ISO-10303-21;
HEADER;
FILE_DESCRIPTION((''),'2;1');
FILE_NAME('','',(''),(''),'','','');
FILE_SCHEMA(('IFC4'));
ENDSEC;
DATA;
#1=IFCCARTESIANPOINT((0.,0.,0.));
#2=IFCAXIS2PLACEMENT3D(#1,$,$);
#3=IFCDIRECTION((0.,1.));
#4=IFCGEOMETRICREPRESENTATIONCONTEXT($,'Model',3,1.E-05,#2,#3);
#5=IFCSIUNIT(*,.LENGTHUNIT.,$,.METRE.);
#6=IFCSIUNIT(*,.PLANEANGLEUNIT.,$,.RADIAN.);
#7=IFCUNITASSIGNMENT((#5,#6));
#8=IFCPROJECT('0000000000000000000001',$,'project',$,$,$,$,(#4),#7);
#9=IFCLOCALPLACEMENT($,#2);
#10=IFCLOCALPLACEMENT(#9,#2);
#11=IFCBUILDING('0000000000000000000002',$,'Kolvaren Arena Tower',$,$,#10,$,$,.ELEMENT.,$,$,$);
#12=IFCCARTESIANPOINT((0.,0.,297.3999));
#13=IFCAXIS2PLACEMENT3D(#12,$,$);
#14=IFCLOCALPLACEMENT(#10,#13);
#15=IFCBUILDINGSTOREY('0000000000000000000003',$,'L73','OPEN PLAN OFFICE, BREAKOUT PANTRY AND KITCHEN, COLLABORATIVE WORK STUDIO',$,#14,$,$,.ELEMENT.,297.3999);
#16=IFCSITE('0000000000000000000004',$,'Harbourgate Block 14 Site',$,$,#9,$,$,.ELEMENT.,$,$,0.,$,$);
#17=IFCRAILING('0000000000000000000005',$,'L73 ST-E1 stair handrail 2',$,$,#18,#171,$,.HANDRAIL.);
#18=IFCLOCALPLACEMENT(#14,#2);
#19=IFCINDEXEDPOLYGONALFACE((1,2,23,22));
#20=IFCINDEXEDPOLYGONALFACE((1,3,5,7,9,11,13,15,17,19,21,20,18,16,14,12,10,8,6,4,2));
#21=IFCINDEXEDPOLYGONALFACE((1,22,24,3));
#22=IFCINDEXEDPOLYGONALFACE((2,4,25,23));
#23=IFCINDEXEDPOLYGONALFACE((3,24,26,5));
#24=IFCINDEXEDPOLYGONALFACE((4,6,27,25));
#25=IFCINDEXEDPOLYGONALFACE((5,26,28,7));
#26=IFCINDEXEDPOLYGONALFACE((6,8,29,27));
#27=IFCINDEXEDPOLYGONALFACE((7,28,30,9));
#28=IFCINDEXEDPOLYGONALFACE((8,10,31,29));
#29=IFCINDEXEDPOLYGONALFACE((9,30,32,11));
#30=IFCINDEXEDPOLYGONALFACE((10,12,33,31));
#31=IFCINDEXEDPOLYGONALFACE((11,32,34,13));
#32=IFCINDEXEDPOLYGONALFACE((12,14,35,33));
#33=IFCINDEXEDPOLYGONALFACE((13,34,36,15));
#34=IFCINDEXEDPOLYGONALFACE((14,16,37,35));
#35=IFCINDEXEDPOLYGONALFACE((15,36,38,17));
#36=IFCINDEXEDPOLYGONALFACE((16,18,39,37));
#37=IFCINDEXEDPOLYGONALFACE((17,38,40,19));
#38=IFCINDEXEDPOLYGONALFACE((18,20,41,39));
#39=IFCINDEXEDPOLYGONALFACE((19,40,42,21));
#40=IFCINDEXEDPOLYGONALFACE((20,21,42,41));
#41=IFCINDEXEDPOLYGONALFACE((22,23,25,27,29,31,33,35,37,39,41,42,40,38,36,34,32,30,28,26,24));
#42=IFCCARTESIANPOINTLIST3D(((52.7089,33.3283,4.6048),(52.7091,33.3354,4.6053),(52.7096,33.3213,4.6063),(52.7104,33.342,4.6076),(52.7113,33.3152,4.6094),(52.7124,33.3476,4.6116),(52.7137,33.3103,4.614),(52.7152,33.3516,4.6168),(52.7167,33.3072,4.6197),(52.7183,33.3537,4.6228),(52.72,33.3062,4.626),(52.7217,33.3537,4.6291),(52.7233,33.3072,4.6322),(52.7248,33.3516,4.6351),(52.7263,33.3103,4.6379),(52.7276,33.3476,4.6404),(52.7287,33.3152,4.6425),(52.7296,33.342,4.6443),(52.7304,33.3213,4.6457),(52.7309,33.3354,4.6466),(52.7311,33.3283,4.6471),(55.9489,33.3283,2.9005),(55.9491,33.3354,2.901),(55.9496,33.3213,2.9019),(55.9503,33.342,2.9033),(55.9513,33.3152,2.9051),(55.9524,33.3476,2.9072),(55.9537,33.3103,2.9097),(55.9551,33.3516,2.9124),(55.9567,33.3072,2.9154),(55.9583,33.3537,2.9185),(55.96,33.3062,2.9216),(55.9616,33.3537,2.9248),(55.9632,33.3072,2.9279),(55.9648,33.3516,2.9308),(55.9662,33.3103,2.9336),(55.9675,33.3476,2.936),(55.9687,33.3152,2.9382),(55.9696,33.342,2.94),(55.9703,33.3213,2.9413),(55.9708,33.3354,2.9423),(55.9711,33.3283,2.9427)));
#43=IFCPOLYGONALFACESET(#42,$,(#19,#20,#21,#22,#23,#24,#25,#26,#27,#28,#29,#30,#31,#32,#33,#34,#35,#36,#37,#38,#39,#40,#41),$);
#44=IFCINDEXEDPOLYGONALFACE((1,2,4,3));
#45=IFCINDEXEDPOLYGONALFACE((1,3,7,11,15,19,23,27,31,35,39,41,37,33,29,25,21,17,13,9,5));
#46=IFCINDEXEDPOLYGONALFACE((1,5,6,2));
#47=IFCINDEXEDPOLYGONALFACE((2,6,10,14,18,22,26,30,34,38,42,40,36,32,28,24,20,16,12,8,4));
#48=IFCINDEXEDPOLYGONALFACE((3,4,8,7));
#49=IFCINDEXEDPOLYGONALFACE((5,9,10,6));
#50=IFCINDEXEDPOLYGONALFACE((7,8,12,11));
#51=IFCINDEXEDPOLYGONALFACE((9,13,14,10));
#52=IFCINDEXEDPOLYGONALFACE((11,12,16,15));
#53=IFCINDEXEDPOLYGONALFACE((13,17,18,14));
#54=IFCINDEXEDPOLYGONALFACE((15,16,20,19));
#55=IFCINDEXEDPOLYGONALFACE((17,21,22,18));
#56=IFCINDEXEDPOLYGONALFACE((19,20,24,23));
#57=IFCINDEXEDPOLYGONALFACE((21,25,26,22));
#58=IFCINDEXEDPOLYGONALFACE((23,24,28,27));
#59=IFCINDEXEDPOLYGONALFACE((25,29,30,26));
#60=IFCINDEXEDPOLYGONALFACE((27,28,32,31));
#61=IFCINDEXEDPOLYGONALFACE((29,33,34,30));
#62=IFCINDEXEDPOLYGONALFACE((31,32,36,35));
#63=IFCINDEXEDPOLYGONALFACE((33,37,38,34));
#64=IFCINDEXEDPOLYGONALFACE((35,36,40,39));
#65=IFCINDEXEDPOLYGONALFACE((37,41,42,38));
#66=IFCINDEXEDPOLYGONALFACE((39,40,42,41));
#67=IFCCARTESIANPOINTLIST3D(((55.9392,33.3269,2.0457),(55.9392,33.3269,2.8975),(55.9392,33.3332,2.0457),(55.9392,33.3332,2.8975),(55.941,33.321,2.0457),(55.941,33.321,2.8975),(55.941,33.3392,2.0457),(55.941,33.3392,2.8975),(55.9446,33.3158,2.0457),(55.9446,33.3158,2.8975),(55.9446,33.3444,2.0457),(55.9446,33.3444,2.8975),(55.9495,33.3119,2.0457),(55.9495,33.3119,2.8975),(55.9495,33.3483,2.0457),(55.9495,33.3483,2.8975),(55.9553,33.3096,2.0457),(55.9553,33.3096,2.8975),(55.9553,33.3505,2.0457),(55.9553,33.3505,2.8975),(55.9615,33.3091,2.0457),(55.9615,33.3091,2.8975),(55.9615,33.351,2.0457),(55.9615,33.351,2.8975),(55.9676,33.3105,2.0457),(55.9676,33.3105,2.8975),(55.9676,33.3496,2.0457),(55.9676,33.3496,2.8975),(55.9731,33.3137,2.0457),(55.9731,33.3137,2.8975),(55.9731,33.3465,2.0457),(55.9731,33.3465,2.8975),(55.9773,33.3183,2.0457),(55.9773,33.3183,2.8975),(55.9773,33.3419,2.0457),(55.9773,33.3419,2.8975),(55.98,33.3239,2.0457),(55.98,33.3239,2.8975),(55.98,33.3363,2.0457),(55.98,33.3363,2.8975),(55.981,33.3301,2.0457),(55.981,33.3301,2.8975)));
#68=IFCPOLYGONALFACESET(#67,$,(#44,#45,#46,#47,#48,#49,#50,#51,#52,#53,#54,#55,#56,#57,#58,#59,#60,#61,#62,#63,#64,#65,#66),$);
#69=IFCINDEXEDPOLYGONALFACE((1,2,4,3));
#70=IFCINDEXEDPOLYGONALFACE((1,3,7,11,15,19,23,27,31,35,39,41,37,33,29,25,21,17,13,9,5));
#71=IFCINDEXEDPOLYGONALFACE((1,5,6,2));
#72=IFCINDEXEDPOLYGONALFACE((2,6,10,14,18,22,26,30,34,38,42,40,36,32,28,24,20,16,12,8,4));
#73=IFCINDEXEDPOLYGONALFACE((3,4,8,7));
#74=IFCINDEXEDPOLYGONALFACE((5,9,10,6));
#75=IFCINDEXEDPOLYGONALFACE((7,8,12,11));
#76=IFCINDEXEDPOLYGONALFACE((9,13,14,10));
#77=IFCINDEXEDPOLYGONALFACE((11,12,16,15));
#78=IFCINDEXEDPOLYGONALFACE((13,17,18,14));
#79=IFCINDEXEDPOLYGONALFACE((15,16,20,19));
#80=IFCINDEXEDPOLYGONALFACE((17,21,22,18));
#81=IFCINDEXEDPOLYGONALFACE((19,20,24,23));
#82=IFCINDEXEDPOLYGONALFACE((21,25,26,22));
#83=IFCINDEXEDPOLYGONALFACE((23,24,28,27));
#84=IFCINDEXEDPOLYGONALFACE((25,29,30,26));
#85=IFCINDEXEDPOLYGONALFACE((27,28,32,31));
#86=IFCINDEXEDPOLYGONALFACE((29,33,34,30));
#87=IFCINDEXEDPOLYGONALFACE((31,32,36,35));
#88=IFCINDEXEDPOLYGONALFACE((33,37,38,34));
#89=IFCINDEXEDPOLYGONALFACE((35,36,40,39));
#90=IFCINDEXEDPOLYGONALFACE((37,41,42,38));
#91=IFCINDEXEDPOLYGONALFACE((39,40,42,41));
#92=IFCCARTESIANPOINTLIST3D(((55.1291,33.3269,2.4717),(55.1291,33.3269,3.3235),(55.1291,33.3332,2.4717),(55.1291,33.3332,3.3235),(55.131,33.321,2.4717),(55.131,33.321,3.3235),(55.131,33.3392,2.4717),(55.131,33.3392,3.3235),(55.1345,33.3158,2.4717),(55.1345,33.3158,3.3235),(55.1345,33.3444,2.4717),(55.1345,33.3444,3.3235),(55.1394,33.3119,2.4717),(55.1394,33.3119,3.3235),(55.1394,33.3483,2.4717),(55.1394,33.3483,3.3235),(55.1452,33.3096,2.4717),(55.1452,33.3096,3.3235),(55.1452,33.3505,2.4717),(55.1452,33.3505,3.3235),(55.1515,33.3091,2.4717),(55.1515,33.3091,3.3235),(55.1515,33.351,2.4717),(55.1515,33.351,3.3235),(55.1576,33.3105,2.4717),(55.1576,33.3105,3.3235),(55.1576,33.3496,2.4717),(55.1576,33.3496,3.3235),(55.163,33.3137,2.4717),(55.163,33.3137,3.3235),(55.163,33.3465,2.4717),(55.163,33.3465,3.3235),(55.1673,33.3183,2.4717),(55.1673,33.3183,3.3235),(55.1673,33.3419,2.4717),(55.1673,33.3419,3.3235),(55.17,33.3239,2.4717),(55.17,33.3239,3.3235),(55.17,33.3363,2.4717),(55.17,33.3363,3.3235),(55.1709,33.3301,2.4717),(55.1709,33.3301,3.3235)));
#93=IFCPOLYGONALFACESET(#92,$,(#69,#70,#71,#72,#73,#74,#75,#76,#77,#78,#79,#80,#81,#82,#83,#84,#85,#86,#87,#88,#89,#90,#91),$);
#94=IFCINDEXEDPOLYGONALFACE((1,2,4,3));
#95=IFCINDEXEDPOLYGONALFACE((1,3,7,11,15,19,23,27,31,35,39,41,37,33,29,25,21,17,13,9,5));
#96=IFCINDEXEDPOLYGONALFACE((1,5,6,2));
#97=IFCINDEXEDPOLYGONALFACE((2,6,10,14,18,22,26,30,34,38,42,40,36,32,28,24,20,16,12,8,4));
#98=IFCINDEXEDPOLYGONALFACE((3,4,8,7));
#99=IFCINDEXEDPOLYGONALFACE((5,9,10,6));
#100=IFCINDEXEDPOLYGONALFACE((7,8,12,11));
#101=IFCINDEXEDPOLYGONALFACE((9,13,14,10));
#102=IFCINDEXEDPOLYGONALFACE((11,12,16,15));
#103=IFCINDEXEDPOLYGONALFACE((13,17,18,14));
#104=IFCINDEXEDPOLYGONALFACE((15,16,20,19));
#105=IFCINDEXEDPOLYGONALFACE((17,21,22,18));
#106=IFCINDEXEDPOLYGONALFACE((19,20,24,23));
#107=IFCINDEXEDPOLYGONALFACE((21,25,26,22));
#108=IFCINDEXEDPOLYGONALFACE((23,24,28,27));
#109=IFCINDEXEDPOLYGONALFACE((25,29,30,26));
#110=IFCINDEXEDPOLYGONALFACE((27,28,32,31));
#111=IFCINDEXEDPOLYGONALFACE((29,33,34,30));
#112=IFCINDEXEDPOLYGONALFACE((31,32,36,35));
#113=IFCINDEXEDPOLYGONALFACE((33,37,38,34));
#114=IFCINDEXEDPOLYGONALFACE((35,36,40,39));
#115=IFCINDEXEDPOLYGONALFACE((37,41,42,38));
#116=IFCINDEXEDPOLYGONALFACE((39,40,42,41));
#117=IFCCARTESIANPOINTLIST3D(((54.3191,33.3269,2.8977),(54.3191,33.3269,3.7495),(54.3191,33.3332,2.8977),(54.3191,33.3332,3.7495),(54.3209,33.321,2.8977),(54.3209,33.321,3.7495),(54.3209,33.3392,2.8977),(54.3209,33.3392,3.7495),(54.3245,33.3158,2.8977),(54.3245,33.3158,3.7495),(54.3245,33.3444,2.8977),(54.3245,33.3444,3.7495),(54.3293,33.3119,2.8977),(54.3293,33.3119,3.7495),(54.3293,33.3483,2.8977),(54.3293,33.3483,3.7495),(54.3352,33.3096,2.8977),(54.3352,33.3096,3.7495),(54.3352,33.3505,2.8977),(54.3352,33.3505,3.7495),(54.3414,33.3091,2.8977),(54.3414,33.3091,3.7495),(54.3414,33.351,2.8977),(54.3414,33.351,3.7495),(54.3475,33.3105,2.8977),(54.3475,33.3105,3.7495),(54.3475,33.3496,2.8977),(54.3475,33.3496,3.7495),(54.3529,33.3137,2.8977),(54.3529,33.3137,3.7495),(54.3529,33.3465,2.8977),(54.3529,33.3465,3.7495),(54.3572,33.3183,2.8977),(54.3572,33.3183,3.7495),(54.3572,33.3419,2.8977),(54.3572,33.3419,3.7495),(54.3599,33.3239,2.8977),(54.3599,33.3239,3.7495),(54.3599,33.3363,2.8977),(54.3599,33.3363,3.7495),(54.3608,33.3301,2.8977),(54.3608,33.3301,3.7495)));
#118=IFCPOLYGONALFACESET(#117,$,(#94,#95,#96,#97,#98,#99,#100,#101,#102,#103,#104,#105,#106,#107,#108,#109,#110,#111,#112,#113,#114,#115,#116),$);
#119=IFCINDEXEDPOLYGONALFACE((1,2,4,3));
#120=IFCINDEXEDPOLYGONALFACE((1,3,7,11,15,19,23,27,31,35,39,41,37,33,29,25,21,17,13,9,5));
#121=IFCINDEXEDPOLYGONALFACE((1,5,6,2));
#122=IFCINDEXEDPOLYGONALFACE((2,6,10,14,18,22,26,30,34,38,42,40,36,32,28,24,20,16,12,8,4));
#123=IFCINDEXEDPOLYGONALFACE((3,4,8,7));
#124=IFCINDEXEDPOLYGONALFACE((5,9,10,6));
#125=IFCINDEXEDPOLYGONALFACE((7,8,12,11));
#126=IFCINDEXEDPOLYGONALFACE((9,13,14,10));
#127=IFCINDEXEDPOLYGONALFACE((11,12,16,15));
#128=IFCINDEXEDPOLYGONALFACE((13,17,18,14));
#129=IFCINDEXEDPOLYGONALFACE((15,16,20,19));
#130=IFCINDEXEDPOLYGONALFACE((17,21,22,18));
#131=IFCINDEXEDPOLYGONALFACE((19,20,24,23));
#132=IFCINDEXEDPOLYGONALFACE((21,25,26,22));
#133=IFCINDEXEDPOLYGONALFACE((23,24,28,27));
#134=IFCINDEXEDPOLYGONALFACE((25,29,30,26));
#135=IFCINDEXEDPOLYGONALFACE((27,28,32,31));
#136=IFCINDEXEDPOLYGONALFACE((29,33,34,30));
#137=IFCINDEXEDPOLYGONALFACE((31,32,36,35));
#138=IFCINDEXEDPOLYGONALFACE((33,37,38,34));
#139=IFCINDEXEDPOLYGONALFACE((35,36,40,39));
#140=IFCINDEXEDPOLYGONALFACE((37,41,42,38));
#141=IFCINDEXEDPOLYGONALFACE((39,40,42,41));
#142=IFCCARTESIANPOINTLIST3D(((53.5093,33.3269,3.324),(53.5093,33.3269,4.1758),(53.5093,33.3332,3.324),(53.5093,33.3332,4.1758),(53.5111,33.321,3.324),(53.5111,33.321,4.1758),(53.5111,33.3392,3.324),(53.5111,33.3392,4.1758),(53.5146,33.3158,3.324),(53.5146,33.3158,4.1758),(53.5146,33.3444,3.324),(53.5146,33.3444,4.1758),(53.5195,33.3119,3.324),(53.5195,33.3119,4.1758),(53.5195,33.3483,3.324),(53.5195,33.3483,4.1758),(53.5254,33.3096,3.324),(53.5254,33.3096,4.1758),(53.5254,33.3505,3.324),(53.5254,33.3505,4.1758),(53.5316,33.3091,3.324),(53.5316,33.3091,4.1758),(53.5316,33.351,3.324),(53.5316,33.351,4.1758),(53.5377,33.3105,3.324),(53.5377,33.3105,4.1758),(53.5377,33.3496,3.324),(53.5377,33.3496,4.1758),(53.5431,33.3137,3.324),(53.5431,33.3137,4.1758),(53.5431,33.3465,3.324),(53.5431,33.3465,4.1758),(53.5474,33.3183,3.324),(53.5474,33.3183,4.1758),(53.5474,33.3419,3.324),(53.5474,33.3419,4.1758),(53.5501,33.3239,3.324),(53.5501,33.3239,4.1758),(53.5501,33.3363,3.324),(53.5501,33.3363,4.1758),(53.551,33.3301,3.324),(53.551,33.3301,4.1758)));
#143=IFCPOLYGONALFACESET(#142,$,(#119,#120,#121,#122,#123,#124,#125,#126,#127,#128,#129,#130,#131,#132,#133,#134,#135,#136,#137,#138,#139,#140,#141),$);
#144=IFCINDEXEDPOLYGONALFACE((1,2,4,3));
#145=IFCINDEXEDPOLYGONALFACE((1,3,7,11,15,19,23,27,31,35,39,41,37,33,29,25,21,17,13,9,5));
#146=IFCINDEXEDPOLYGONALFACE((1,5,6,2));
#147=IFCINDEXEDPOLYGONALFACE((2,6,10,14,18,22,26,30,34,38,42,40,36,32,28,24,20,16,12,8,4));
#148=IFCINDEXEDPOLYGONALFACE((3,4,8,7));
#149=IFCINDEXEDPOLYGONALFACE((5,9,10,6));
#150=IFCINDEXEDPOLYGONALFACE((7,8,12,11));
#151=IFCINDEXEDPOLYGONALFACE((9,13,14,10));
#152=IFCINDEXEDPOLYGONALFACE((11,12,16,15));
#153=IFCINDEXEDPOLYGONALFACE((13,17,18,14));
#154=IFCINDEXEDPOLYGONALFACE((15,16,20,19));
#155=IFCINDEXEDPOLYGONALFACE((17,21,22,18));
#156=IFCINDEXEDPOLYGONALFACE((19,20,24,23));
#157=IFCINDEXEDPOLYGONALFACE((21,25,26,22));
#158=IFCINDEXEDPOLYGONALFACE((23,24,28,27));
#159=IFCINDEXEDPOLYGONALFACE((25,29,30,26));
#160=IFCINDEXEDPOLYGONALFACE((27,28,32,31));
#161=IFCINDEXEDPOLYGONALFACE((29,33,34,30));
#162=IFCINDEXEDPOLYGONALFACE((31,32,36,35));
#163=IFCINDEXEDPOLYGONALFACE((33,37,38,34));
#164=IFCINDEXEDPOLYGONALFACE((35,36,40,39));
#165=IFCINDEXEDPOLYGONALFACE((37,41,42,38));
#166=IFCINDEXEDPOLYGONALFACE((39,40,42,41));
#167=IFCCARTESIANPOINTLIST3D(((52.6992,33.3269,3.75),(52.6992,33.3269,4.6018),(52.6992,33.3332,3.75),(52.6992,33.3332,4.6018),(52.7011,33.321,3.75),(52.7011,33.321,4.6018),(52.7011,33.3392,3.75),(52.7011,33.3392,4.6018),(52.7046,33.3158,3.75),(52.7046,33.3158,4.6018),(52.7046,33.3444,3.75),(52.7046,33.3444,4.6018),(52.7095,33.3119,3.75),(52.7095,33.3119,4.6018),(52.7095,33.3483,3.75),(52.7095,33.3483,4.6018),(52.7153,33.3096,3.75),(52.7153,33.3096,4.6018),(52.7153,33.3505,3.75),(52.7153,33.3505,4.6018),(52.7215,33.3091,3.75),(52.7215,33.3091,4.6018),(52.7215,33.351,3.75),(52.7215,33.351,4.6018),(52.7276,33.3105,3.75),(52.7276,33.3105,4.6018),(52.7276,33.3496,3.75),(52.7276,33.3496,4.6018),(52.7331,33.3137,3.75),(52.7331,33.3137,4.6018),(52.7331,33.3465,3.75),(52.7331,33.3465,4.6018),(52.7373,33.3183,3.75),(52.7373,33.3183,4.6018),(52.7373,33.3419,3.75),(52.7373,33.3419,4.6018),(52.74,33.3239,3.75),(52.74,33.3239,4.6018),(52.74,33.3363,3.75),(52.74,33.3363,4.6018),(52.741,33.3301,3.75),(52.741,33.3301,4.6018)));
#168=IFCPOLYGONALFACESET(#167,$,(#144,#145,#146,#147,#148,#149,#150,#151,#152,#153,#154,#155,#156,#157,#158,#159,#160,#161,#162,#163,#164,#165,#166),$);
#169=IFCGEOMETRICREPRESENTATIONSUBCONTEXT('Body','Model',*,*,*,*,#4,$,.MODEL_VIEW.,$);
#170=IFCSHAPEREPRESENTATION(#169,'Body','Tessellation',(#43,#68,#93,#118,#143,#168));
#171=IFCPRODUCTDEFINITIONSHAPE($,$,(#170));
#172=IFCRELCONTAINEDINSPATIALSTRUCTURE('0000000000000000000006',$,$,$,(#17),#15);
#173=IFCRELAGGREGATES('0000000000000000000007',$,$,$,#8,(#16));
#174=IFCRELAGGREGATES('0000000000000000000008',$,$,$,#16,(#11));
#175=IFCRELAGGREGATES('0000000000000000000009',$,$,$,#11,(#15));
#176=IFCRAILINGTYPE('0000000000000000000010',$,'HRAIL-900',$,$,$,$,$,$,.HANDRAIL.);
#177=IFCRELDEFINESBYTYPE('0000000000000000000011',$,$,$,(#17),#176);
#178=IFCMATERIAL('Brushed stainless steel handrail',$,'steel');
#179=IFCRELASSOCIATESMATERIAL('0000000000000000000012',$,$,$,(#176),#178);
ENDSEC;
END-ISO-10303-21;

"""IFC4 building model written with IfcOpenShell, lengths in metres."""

from ifc_helpers import new_model, si_unit, direction, frame, origin, origin_2d, place, context, subcontext, project, spatial, circle, extrude, material, type_object, element, save


model = new_model("IFC4")

# Units and contexts
model_context = context("Model", 3, precision=1e-05, world=origin(), true_north=direction((0.0, 1.0)))
body_context = subcontext(model_context, "Body", "Model", "MODEL_VIEW")
ifc_project = project(units=[si_unit("LENGTHUNIT", "METRE"), si_unit("PLANEANGLEUNIT", "RADIAN")], contexts=[model_context])

# Site, building, storey
site_placement = place(None, origin())
site = spatial("IfcSite", under=ifc_project, at=site_placement, Name="Harbourgate Block 14 Site", CompositionType="ELEMENT", RefElevation=0.0)
building_placement = place(site_placement, origin())
building = spatial("IfcBuilding", under=site, at=building_placement, Name="Kolvaren Arena Tower", CompositionType="ELEMENT")
storey_placement = place(building_placement, frame((0.0, 0.0, 297.3999)))
storey = spatial("IfcBuildingStorey", under=building, at=storey_placement, Name="L73", Description="OPEN PLAN OFFICE, BREAKOUT PANTRY AND KITCHEN, COLLABORATIVE WORK STUDIO", CompositionType="ELEMENT", Elevation=297.3999)

# Railing
ifc_material_1 = material(Name="Brushed stainless steel handrail", Category="steel")
railing_type_1 = type_object("IfcRailingType", Name="HRAIL-900", PredefinedType="HANDRAIL", material=ifc_material_1)
railing_1_placement = place(storey_placement, frame((55.96, 33.3301, 2.0457)))
element("IfcRailing", 1, at=railing_1_placement, inside=storey, type_object=railing_type_1, Name="L73 ST-E1 stair handrail 2", PredefinedType="HANDRAIL", context=body_context, shape_type="SweptSolid", body=[
    extrude(circle(Radius=0.0239, at=origin_2d()), frame((0.0, 0.0, 0.876), z_axis=(-0.885021, 0.0, 0.465551), x_axis=(0.0, -1.0, 0.0)), (0.0, 0.0, 1.0), 3.6609),
    extrude(circle(Radius=0.021, at=origin_2d()), origin(), (0.0, 0.0, 1.0), 0.8518),
    extrude(circle(Radius=0.021, at=origin_2d()), frame((-0.8101, 0.0, 0.426)), (0.0, 0.0, 1.0), 0.8518),
    extrude(circle(Radius=0.021, at=origin_2d()), frame((-1.6201, 0.0, 0.8521)), (0.0, 0.0, 1.0), 0.8518),
    extrude(circle(Radius=0.021, at=origin_2d()), frame((-2.4299, 0.0, 1.2783)), (0.0, 0.0, 1.0), 0.8518),
    extrude(circle(Radius=0.021, at=origin_2d()), frame((-3.24, 0.0, 1.7043)), (0.0, 0.0, 1.0), 0.8518),
])

save(model, "model.ifc")
